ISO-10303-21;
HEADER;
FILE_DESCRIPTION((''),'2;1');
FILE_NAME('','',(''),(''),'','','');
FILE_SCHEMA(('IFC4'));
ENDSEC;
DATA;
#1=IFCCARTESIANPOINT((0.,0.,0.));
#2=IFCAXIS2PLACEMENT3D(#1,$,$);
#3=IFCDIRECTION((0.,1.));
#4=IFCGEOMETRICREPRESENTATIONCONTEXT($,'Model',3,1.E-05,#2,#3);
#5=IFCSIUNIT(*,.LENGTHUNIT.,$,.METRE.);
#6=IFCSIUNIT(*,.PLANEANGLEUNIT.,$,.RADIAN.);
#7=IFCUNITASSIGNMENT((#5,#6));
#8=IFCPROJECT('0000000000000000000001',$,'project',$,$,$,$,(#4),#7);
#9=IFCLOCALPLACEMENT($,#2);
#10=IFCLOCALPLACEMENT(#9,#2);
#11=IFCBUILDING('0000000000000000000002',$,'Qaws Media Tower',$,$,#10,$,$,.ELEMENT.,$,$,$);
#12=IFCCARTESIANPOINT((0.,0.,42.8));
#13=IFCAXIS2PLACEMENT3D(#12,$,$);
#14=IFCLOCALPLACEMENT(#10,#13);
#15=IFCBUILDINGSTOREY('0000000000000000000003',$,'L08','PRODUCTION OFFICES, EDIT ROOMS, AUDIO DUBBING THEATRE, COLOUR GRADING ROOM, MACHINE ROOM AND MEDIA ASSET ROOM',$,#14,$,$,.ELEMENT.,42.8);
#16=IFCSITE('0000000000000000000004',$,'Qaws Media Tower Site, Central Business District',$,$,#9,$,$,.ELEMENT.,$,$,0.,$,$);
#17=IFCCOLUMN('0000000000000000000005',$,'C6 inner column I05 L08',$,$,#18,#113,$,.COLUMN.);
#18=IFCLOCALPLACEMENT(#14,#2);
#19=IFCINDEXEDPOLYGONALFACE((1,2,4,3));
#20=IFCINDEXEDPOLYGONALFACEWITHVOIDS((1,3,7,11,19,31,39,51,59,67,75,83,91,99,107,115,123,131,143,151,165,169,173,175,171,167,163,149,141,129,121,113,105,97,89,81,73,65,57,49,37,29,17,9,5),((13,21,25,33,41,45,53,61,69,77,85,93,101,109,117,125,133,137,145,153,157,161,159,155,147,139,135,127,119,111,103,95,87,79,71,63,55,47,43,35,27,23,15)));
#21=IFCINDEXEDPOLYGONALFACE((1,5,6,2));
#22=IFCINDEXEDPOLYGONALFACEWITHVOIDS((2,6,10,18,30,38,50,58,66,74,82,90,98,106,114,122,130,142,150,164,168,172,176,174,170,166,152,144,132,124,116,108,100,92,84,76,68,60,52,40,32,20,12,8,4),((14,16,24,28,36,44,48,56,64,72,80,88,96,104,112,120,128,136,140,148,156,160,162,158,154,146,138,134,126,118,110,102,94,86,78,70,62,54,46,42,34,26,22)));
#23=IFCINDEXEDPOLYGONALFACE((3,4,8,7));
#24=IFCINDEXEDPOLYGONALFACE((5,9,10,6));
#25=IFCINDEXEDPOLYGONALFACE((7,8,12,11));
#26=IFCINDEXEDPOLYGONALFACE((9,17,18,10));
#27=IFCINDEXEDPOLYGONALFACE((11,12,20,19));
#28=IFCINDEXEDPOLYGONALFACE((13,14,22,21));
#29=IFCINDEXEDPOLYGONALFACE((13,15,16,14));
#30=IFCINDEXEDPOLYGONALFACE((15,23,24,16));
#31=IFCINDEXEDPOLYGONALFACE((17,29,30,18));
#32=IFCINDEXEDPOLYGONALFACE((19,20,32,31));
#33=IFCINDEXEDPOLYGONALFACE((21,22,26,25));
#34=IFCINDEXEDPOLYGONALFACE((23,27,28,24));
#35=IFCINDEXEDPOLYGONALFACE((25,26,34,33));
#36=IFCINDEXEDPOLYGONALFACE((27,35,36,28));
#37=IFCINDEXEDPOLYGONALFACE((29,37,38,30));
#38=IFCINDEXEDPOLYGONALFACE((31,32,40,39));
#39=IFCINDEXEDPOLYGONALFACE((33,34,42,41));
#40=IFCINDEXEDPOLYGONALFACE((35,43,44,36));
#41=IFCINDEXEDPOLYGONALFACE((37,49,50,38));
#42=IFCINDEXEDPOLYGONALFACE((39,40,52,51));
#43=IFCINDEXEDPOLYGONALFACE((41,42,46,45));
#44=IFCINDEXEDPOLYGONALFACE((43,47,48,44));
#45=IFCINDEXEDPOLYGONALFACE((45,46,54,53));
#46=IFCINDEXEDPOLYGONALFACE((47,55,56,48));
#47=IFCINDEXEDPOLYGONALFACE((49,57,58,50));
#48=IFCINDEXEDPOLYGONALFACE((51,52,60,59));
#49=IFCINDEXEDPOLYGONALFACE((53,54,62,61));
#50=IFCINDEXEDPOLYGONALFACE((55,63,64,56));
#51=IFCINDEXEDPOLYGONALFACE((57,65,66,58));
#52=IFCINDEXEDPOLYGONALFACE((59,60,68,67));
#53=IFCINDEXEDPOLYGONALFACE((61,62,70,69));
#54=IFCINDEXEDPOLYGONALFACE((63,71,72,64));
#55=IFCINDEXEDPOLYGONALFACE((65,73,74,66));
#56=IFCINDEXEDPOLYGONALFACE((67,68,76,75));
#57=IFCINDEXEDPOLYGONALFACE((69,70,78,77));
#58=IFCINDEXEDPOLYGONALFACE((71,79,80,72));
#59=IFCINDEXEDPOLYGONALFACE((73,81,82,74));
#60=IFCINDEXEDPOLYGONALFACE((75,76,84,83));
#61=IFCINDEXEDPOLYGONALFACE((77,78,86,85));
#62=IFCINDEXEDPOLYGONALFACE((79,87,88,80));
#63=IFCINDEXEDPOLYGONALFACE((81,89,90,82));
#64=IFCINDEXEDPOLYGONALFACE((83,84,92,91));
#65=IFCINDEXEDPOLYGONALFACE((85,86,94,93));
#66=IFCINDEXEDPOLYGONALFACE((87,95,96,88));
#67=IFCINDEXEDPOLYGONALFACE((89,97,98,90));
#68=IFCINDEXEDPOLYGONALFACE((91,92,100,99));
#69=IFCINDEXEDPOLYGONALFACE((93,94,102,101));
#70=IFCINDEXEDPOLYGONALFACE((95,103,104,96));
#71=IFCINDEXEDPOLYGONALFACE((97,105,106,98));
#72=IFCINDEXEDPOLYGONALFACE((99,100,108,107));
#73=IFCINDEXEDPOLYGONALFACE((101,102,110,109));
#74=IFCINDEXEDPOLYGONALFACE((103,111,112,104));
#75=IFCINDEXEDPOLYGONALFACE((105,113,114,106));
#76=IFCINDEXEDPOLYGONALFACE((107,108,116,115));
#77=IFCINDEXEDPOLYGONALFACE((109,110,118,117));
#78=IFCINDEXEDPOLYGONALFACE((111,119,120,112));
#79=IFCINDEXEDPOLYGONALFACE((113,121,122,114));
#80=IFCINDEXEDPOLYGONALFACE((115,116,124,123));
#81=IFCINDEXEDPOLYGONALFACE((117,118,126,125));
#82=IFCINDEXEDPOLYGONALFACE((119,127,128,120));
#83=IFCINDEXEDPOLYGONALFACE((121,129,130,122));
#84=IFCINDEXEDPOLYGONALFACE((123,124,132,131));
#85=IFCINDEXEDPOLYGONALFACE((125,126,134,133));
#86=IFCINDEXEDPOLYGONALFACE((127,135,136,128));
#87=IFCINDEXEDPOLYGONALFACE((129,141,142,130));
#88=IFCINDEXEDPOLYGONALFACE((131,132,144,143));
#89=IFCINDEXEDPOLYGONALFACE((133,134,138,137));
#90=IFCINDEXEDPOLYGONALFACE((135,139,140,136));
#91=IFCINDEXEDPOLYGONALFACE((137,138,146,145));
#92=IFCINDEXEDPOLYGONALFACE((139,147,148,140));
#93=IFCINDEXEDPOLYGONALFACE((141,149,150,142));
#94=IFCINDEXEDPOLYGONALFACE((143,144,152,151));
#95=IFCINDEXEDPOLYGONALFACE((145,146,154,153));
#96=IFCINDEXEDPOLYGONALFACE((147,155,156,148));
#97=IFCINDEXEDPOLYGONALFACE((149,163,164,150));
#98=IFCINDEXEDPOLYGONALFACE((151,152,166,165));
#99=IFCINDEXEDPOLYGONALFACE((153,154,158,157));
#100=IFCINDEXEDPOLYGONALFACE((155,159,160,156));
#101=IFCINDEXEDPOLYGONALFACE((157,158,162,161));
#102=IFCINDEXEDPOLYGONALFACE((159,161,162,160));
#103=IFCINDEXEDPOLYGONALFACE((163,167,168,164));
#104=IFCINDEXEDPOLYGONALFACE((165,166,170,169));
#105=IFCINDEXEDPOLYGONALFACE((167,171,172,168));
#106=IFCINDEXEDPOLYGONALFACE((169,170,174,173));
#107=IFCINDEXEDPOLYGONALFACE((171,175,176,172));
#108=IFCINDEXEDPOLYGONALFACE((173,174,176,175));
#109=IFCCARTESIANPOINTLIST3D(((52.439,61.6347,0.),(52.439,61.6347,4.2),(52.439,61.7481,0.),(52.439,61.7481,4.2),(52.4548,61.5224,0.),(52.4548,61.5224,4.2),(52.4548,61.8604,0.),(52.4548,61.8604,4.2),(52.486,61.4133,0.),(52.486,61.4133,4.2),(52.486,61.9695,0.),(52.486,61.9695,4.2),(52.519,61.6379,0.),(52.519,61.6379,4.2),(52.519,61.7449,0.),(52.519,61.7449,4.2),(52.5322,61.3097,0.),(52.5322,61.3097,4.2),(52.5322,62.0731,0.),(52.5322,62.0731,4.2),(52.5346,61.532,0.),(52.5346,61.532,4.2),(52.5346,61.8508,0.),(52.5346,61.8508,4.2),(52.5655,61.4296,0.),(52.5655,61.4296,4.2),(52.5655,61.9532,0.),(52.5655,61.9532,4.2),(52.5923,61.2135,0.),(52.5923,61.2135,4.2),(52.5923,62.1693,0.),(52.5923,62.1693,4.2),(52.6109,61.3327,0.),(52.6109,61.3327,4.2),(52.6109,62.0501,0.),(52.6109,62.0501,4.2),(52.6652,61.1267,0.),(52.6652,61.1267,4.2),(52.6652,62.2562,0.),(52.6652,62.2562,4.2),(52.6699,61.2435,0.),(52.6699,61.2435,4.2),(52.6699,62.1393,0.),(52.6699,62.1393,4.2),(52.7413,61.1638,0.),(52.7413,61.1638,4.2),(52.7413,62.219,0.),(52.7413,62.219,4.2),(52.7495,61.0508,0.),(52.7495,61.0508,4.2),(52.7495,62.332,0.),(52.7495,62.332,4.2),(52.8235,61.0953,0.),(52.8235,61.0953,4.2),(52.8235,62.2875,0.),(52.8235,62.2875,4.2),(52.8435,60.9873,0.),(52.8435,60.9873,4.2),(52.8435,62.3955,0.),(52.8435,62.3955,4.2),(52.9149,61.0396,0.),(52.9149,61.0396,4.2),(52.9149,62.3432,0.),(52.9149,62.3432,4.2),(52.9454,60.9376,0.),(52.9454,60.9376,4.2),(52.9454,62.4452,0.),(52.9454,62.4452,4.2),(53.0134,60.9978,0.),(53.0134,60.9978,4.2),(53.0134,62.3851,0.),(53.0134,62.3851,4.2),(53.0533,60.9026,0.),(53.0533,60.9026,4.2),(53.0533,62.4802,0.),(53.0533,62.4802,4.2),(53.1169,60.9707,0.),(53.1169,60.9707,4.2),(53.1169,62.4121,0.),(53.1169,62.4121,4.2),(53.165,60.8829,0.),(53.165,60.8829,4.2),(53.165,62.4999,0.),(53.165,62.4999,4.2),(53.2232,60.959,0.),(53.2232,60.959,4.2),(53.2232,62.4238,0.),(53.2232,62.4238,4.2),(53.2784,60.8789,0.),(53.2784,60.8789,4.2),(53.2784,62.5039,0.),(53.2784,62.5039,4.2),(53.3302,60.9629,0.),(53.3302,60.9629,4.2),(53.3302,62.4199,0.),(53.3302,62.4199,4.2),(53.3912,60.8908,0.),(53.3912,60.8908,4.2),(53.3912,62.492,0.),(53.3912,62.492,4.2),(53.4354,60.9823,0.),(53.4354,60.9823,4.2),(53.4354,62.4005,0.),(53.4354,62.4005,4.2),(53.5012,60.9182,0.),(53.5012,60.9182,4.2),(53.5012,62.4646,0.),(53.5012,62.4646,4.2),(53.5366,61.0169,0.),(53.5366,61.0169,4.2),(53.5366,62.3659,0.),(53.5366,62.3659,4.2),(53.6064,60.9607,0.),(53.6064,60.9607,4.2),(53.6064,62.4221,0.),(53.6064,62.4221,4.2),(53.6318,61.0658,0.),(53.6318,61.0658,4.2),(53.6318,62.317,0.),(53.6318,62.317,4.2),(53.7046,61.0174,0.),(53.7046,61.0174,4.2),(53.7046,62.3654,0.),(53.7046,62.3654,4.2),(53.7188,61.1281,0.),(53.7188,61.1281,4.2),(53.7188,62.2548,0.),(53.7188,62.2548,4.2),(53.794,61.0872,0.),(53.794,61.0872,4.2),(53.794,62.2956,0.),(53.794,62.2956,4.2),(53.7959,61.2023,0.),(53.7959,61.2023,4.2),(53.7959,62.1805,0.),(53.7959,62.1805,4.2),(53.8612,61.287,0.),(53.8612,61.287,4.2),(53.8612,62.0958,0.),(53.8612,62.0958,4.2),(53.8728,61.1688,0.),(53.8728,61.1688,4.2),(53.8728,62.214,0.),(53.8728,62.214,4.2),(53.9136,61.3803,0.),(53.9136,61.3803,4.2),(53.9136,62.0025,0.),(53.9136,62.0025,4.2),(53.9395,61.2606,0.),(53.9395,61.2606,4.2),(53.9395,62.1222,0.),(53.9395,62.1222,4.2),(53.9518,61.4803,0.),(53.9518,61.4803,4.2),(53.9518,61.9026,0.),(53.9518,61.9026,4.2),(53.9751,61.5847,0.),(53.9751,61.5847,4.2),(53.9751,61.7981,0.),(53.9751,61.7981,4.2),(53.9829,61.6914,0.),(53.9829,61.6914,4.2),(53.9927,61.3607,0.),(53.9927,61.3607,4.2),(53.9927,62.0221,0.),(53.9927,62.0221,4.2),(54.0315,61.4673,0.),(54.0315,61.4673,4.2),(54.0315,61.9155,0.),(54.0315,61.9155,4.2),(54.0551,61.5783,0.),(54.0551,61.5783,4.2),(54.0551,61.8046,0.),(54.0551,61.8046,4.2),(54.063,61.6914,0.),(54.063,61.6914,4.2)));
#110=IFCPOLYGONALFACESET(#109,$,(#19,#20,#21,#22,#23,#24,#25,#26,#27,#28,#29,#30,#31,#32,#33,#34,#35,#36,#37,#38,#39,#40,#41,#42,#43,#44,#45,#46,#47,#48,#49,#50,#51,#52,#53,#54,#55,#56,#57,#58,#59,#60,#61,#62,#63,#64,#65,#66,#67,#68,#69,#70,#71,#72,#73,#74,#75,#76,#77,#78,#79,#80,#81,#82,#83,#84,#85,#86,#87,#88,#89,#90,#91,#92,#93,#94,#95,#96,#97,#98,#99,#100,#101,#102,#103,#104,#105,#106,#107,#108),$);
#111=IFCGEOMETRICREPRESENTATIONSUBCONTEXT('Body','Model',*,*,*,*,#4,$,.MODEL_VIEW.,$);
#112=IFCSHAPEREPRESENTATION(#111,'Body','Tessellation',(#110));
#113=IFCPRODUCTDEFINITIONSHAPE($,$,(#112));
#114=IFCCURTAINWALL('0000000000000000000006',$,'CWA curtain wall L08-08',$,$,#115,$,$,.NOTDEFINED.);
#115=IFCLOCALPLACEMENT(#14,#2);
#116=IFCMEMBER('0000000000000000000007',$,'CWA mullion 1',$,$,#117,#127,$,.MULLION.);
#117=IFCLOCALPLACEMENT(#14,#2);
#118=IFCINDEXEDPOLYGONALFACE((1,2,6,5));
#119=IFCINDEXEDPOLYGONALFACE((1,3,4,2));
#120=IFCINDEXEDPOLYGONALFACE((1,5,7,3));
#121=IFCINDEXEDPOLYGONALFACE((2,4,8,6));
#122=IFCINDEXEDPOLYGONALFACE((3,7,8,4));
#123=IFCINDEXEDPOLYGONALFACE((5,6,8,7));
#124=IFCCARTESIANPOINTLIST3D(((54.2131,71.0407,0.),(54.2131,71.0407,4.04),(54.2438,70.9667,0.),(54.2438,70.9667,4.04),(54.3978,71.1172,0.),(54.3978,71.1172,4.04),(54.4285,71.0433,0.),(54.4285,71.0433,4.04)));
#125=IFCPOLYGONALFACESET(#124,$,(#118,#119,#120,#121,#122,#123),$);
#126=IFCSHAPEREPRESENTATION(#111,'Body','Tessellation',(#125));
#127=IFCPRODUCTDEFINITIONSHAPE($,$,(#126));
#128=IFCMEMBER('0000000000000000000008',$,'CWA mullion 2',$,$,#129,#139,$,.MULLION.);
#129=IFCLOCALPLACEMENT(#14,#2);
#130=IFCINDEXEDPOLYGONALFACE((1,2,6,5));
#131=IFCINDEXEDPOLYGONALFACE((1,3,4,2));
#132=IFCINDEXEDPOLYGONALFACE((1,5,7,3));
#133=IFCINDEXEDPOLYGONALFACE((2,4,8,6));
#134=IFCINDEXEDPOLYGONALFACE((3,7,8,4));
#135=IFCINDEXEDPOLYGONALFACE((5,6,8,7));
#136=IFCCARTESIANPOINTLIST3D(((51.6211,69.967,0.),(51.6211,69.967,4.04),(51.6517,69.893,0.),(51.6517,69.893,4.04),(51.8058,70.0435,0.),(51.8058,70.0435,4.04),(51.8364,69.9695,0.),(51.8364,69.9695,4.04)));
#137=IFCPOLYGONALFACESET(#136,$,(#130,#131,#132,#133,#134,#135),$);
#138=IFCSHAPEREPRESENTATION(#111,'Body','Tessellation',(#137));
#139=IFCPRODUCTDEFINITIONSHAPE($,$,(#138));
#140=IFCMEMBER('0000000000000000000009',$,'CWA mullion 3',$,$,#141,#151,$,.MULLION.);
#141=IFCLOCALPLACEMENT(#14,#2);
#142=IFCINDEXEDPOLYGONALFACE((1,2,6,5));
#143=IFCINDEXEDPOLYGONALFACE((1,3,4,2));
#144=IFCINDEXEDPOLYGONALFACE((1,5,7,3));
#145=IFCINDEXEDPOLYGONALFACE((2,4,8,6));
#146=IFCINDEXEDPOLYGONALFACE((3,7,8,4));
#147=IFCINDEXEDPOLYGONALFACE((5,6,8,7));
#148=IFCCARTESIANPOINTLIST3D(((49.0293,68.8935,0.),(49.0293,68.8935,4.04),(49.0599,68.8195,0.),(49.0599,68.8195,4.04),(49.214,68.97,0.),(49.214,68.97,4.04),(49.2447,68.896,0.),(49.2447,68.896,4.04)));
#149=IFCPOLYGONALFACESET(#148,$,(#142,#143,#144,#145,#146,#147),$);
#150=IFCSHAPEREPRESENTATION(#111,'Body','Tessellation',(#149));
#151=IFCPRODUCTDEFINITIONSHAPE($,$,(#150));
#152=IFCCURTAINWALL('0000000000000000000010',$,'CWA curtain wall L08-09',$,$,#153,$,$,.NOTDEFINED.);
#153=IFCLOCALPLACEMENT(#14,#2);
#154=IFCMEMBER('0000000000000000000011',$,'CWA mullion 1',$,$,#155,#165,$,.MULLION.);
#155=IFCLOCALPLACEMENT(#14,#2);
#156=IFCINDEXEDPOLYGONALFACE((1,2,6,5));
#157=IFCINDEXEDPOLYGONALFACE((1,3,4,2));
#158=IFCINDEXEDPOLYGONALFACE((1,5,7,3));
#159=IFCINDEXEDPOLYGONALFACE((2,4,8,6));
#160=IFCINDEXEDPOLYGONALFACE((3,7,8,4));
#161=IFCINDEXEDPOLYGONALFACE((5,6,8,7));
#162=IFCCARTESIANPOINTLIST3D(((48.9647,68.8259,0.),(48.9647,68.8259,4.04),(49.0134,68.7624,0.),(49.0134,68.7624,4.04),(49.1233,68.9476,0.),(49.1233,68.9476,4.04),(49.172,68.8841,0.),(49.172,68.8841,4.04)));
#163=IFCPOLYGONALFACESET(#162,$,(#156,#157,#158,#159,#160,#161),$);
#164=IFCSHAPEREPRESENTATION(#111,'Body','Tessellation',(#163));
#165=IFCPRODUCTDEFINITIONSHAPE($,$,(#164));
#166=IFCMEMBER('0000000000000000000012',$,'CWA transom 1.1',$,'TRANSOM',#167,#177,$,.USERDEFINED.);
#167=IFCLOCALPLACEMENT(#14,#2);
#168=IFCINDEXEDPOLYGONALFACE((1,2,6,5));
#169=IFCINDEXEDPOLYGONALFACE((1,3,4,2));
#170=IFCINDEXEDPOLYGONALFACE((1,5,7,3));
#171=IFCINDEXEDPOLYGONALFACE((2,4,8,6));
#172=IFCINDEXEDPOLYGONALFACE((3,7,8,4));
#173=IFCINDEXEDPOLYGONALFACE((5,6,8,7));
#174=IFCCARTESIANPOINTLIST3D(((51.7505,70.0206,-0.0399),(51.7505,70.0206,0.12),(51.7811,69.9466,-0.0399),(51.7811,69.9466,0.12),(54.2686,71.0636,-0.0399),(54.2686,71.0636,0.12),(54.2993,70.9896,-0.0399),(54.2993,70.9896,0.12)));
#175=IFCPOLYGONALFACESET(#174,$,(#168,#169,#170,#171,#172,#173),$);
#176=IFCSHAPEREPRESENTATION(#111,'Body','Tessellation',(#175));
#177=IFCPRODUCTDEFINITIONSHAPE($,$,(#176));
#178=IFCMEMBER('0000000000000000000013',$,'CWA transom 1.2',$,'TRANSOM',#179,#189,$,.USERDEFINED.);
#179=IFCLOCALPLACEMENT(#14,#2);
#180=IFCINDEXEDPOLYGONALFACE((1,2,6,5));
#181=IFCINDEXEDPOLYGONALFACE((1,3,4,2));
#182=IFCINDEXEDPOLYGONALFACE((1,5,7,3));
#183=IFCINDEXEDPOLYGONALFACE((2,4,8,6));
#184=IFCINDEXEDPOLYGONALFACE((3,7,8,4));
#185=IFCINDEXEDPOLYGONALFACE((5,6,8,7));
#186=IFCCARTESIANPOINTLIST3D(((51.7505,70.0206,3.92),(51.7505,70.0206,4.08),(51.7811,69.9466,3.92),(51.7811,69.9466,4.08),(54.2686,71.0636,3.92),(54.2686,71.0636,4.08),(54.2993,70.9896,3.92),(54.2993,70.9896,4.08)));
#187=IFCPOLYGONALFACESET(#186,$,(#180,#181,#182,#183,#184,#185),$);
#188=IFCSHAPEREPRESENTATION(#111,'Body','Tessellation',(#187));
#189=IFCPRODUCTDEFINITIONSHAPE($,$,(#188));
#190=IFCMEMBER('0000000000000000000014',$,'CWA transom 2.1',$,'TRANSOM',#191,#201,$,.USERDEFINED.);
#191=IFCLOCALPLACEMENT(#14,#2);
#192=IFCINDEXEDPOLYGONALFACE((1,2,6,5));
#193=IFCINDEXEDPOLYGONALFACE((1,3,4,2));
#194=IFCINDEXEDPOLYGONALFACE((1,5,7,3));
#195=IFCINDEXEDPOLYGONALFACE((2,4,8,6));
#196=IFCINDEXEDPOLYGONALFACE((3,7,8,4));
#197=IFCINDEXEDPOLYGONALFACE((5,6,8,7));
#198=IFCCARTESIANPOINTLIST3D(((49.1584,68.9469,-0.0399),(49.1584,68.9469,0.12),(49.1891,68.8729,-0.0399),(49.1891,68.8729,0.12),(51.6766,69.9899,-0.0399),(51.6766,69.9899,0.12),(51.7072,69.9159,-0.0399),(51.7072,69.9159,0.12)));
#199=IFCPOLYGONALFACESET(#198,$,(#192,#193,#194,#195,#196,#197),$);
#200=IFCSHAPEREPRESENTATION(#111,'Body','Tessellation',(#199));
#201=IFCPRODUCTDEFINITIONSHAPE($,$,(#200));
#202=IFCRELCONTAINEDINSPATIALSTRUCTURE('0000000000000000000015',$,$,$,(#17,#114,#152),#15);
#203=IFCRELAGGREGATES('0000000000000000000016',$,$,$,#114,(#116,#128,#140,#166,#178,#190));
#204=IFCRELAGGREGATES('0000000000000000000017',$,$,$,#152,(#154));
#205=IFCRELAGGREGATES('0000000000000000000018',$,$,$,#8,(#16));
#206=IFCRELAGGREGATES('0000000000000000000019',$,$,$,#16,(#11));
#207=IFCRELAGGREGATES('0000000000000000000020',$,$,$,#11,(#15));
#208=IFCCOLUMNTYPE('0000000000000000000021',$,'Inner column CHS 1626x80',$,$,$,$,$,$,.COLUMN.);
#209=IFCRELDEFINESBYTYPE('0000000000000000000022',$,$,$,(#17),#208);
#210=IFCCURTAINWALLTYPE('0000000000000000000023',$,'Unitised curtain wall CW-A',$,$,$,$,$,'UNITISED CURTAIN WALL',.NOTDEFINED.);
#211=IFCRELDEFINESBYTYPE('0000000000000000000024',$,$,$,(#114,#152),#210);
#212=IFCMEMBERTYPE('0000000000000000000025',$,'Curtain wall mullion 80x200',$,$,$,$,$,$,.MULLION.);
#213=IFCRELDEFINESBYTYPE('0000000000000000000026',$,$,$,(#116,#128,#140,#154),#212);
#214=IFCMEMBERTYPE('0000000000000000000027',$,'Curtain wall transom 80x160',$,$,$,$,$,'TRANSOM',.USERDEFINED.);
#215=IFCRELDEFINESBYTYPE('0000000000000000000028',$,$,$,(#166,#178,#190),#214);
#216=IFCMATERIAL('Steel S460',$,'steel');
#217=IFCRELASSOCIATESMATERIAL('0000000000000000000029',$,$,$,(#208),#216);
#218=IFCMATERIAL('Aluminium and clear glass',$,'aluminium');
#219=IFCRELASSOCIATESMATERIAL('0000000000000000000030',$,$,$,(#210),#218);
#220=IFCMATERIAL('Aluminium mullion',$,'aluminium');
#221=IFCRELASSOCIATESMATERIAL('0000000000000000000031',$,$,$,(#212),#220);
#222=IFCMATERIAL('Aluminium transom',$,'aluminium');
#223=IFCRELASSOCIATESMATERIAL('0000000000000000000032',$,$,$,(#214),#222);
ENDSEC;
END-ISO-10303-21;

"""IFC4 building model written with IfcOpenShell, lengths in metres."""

from ifc_helpers import new_model, si_unit, direction, frame, origin, origin_2d, place, context, subcontext, project, spatial, rectangle, hollow_circle, extrude, material, material_profile, profile_set, type_object, element, aggregate, save


model = new_model("IFC4")

# Units and contexts
model_context = context("Model", 3, precision=1e-05, world=origin(), true_north=direction((0.0, 1.0)))
body_context = subcontext(model_context, "Body", "Model", "MODEL_VIEW")
ifc_project = project(units=[si_unit("LENGTHUNIT", "METRE"), si_unit("PLANEANGLEUNIT", "RADIAN")], contexts=[model_context])

# Site, building, storey
site_placement = place(None, origin())
site = spatial("IfcSite", under=ifc_project, at=site_placement, Name="Qaws Media Tower Site, Central Business District", CompositionType="ELEMENT", RefElevation=0.0)
building_placement = place(site_placement, origin())
building = spatial("IfcBuilding", under=site, at=building_placement, Name="Qaws Media Tower", CompositionType="ELEMENT")
storey_placement = place(building_placement, frame((0.0, 0.0, 42.8)))
storey = spatial("IfcBuildingStorey", under=building, at=storey_placement, Name="L08", Description="PRODUCTION OFFICES, EDIT ROOMS, AUDIO DUBBING THEATRE, COLOUR GRADING ROOM, MACHINE ROOM AND MEDIA ASSET ROOM", CompositionType="ELEMENT", Elevation=42.8)

# Column
ifc_material_1 = material(Name="Steel S460", Category="steel")
ifc_material_profile_1 = material_profile(ifc_material_1, hollow_circle(Radius=0.813, WallThickness=0.0801, at=origin_2d()), Name="CHS 1626x80")
ifc_profile_set_1 = profile_set([ifc_material_profile_1], Name="Steel S460")
column_type = type_object("IfcColumnType", Name="Inner column CHS 1626x80", PredefinedType="COLUMN", material=ifc_profile_set_1)
column_placement = place(storey_placement, frame((53.25, 61.6914, 0.0), z_axis=(0.0, 0.0, 1.0), x_axis=(1.0, 0.0, 0.0)))
element("IfcColumn", 1, at=column_placement, inside=storey, type_object=column_type, Name="C6 inner column I05 L08", PredefinedType="COLUMN", context=body_context, shape_type="SweptSolid", body=[
    extrude(hollow_circle(Radius=0.813, WallThickness=0.0801, at=origin_2d()), origin(), (0.0, 0.0, 1.0), 4.2),
])

# Curtain wall, members
ifc_material_2 = material(Name="Aluminium and clear glass", Category="aluminium")
curtain_wall_type = type_object("IfcCurtainWallType", Name="Unitised curtain wall CW-A", ElementType="UNITISED CURTAIN WALL", PredefinedType="NOTDEFINED", material=ifc_material_2)
curtain_wall_1_placement = place(storey_placement, origin())
curtain_wall_1 = element("IfcCurtainWall", 2, at=curtain_wall_1_placement, inside=storey, type_object=curtain_wall_type, Name="CWA curtain wall L08-08", PredefinedType="NOTDEFINED")
ifc_material_3 = material(Name="Aluminium mullion", Category="aluminium")
ifc_material_profile_2 = material_profile(ifc_material_3, rectangle(XDim=0.0801, YDim=0.2, at=origin_2d()), Name="80x200")
ifc_profile_set_2 = profile_set([ifc_material_profile_2], Name="Aluminium mullion")
member_type_1 = type_object("IfcMemberType", Name="Curtain wall mullion 80x200", PredefinedType="MULLION", material=ifc_profile_set_2)
member_1_placement = place(storey_placement, frame((54.3208, 71.042, 0.0), z_axis=(0.0, 0.0, 1.0), x_axis=(0.382683, -0.92388, 0.0)))
member_1 = element("IfcMember", 3, at=member_1_placement, type_object=member_type_1, Name="CWA mullion 1", PredefinedType="MULLION", context=body_context, shape_type="SweptSolid", body=[
    extrude(rectangle(XDim=0.0801, YDim=0.2, at=origin_2d()), origin(), (0.0, 0.0, 1.0), 4.04),
])
member_2_placement = place(storey_placement, frame((51.7288, 69.9683, 0.0), z_axis=(0.0, 0.0, 1.0), x_axis=(0.382683, -0.92388, 0.0)))
member_2 = element("IfcMember", 4, at=member_2_placement, type_object=member_type_1, Name="CWA mullion 2", PredefinedType="MULLION", context=body_context, shape_type="SweptSolid", body=[
    extrude(rectangle(XDim=0.0801, YDim=0.2, at=origin_2d()), origin(), (0.0, 0.0, 1.0), 4.04),
])
member_3_placement = place(storey_placement, frame((49.137, 68.8948, 0.0), z_axis=(0.0, 0.0, 1.0), x_axis=(0.382683, -0.92388, 0.0)))
member_3 = element("IfcMember", 5, at=member_3_placement, type_object=member_type_1, Name="CWA mullion 3", PredefinedType="MULLION", context=body_context, shape_type="SweptSolid", body=[
    extrude(rectangle(XDim=0.0801, YDim=0.2, at=origin_2d()), origin(), (0.0, 0.0, 1.0), 4.04),
])

# Curtain wall, member
curtain_wall_2_placement = place(storey_placement, origin())
curtain_wall_2 = element("IfcCurtainWall", 6, at=curtain_wall_2_placement, inside=storey, type_object=curtain_wall_type, Name="CWA curtain wall L08-09", PredefinedType="NOTDEFINED")
member_4_placement = place(storey_placement, frame((49.0684, 68.855, 0.0), z_axis=(0.0, 0.0, 1.0), x_axis=(0.608761, -0.793353, 0.0)))
member_4 = element("IfcMember", 7, at=member_4_placement, type_object=member_type_1, Name="CWA mullion 1", PredefinedType="MULLION", context=body_context, shape_type="SweptSolid", body=[
    extrude(rectangle(XDim=0.0801, YDim=0.2, at=origin_2d()), origin(), (0.0, 0.0, 1.0), 4.04),
])

# Members
ifc_material_4 = material(Name="Aluminium transom", Category="aluminium")
ifc_material_profile_3 = material_profile(ifc_material_4, rectangle(XDim=0.0801, YDim=0.1599, at=origin_2d()), Name="80x160")
ifc_profile_set_3 = profile_set([ifc_material_profile_3], Name="Aluminium transom")
member_type_2 = type_object("IfcMemberType", Name="Curtain wall transom 80x160", ElementType="TRANSOM", PredefinedType="USERDEFINED", material=ifc_profile_set_3)
member_5_placement = place(storey_placement, frame((54.2839, 71.0266, 0.04), z_axis=(-0.923886, -0.382668, 0.0), x_axis=(0.382668, -0.923886, 0.0)))
member_5 = element("IfcMember", 8, at=member_5_placement, type_object=member_type_2, Name="CWA transom 1.1", ObjectType="TRANSOM", PredefinedType="USERDEFINED", context=body_context, shape_type="SweptSolid", body=[
    extrude(rectangle(XDim=0.0801, YDim=0.1599, at=origin_2d()), origin(), (0.0, 0.0, 1.0), 2.7256),
])
member_6_placement = place(storey_placement, frame((54.2839, 71.0266, 4.0), z_axis=(-0.923886, -0.382668, 0.0), x_axis=(0.382668, -0.923886, 0.0)))
member_6 = element("IfcMember", 9, at=member_6_placement, type_object=member_type_2, Name="CWA transom 1.2", ObjectType="TRANSOM", PredefinedType="USERDEFINED", context=body_context, shape_type="SweptSolid", body=[
    extrude(rectangle(XDim=0.0801, YDim=0.1599, at=origin_2d()), origin(), (0.0, 0.0, 1.0), 2.7256),
])
member_7_placement = place(storey_placement, frame((51.6919, 69.9529, 0.04), z_axis=(-0.923886, -0.382668, 0.0), x_axis=(0.382668, -0.923886, 0.0)))
member_7 = element("IfcMember", 10, at=member_7_placement, type_object=member_type_2, Name="CWA transom 2.1", ObjectType="TRANSOM", PredefinedType="USERDEFINED", context=body_context, shape_type="SweptSolid", body=[
    extrude(rectangle(XDim=0.0801, YDim=0.1599, at=origin_2d()), origin(), (0.0, 0.0, 1.0), 2.7256),
])

aggregate(curtain_wall_1, [member_1, member_2, member_3, member_5, member_6, member_7])
aggregate(curtain_wall_2, [member_4])

save(model, "model.ifc")
